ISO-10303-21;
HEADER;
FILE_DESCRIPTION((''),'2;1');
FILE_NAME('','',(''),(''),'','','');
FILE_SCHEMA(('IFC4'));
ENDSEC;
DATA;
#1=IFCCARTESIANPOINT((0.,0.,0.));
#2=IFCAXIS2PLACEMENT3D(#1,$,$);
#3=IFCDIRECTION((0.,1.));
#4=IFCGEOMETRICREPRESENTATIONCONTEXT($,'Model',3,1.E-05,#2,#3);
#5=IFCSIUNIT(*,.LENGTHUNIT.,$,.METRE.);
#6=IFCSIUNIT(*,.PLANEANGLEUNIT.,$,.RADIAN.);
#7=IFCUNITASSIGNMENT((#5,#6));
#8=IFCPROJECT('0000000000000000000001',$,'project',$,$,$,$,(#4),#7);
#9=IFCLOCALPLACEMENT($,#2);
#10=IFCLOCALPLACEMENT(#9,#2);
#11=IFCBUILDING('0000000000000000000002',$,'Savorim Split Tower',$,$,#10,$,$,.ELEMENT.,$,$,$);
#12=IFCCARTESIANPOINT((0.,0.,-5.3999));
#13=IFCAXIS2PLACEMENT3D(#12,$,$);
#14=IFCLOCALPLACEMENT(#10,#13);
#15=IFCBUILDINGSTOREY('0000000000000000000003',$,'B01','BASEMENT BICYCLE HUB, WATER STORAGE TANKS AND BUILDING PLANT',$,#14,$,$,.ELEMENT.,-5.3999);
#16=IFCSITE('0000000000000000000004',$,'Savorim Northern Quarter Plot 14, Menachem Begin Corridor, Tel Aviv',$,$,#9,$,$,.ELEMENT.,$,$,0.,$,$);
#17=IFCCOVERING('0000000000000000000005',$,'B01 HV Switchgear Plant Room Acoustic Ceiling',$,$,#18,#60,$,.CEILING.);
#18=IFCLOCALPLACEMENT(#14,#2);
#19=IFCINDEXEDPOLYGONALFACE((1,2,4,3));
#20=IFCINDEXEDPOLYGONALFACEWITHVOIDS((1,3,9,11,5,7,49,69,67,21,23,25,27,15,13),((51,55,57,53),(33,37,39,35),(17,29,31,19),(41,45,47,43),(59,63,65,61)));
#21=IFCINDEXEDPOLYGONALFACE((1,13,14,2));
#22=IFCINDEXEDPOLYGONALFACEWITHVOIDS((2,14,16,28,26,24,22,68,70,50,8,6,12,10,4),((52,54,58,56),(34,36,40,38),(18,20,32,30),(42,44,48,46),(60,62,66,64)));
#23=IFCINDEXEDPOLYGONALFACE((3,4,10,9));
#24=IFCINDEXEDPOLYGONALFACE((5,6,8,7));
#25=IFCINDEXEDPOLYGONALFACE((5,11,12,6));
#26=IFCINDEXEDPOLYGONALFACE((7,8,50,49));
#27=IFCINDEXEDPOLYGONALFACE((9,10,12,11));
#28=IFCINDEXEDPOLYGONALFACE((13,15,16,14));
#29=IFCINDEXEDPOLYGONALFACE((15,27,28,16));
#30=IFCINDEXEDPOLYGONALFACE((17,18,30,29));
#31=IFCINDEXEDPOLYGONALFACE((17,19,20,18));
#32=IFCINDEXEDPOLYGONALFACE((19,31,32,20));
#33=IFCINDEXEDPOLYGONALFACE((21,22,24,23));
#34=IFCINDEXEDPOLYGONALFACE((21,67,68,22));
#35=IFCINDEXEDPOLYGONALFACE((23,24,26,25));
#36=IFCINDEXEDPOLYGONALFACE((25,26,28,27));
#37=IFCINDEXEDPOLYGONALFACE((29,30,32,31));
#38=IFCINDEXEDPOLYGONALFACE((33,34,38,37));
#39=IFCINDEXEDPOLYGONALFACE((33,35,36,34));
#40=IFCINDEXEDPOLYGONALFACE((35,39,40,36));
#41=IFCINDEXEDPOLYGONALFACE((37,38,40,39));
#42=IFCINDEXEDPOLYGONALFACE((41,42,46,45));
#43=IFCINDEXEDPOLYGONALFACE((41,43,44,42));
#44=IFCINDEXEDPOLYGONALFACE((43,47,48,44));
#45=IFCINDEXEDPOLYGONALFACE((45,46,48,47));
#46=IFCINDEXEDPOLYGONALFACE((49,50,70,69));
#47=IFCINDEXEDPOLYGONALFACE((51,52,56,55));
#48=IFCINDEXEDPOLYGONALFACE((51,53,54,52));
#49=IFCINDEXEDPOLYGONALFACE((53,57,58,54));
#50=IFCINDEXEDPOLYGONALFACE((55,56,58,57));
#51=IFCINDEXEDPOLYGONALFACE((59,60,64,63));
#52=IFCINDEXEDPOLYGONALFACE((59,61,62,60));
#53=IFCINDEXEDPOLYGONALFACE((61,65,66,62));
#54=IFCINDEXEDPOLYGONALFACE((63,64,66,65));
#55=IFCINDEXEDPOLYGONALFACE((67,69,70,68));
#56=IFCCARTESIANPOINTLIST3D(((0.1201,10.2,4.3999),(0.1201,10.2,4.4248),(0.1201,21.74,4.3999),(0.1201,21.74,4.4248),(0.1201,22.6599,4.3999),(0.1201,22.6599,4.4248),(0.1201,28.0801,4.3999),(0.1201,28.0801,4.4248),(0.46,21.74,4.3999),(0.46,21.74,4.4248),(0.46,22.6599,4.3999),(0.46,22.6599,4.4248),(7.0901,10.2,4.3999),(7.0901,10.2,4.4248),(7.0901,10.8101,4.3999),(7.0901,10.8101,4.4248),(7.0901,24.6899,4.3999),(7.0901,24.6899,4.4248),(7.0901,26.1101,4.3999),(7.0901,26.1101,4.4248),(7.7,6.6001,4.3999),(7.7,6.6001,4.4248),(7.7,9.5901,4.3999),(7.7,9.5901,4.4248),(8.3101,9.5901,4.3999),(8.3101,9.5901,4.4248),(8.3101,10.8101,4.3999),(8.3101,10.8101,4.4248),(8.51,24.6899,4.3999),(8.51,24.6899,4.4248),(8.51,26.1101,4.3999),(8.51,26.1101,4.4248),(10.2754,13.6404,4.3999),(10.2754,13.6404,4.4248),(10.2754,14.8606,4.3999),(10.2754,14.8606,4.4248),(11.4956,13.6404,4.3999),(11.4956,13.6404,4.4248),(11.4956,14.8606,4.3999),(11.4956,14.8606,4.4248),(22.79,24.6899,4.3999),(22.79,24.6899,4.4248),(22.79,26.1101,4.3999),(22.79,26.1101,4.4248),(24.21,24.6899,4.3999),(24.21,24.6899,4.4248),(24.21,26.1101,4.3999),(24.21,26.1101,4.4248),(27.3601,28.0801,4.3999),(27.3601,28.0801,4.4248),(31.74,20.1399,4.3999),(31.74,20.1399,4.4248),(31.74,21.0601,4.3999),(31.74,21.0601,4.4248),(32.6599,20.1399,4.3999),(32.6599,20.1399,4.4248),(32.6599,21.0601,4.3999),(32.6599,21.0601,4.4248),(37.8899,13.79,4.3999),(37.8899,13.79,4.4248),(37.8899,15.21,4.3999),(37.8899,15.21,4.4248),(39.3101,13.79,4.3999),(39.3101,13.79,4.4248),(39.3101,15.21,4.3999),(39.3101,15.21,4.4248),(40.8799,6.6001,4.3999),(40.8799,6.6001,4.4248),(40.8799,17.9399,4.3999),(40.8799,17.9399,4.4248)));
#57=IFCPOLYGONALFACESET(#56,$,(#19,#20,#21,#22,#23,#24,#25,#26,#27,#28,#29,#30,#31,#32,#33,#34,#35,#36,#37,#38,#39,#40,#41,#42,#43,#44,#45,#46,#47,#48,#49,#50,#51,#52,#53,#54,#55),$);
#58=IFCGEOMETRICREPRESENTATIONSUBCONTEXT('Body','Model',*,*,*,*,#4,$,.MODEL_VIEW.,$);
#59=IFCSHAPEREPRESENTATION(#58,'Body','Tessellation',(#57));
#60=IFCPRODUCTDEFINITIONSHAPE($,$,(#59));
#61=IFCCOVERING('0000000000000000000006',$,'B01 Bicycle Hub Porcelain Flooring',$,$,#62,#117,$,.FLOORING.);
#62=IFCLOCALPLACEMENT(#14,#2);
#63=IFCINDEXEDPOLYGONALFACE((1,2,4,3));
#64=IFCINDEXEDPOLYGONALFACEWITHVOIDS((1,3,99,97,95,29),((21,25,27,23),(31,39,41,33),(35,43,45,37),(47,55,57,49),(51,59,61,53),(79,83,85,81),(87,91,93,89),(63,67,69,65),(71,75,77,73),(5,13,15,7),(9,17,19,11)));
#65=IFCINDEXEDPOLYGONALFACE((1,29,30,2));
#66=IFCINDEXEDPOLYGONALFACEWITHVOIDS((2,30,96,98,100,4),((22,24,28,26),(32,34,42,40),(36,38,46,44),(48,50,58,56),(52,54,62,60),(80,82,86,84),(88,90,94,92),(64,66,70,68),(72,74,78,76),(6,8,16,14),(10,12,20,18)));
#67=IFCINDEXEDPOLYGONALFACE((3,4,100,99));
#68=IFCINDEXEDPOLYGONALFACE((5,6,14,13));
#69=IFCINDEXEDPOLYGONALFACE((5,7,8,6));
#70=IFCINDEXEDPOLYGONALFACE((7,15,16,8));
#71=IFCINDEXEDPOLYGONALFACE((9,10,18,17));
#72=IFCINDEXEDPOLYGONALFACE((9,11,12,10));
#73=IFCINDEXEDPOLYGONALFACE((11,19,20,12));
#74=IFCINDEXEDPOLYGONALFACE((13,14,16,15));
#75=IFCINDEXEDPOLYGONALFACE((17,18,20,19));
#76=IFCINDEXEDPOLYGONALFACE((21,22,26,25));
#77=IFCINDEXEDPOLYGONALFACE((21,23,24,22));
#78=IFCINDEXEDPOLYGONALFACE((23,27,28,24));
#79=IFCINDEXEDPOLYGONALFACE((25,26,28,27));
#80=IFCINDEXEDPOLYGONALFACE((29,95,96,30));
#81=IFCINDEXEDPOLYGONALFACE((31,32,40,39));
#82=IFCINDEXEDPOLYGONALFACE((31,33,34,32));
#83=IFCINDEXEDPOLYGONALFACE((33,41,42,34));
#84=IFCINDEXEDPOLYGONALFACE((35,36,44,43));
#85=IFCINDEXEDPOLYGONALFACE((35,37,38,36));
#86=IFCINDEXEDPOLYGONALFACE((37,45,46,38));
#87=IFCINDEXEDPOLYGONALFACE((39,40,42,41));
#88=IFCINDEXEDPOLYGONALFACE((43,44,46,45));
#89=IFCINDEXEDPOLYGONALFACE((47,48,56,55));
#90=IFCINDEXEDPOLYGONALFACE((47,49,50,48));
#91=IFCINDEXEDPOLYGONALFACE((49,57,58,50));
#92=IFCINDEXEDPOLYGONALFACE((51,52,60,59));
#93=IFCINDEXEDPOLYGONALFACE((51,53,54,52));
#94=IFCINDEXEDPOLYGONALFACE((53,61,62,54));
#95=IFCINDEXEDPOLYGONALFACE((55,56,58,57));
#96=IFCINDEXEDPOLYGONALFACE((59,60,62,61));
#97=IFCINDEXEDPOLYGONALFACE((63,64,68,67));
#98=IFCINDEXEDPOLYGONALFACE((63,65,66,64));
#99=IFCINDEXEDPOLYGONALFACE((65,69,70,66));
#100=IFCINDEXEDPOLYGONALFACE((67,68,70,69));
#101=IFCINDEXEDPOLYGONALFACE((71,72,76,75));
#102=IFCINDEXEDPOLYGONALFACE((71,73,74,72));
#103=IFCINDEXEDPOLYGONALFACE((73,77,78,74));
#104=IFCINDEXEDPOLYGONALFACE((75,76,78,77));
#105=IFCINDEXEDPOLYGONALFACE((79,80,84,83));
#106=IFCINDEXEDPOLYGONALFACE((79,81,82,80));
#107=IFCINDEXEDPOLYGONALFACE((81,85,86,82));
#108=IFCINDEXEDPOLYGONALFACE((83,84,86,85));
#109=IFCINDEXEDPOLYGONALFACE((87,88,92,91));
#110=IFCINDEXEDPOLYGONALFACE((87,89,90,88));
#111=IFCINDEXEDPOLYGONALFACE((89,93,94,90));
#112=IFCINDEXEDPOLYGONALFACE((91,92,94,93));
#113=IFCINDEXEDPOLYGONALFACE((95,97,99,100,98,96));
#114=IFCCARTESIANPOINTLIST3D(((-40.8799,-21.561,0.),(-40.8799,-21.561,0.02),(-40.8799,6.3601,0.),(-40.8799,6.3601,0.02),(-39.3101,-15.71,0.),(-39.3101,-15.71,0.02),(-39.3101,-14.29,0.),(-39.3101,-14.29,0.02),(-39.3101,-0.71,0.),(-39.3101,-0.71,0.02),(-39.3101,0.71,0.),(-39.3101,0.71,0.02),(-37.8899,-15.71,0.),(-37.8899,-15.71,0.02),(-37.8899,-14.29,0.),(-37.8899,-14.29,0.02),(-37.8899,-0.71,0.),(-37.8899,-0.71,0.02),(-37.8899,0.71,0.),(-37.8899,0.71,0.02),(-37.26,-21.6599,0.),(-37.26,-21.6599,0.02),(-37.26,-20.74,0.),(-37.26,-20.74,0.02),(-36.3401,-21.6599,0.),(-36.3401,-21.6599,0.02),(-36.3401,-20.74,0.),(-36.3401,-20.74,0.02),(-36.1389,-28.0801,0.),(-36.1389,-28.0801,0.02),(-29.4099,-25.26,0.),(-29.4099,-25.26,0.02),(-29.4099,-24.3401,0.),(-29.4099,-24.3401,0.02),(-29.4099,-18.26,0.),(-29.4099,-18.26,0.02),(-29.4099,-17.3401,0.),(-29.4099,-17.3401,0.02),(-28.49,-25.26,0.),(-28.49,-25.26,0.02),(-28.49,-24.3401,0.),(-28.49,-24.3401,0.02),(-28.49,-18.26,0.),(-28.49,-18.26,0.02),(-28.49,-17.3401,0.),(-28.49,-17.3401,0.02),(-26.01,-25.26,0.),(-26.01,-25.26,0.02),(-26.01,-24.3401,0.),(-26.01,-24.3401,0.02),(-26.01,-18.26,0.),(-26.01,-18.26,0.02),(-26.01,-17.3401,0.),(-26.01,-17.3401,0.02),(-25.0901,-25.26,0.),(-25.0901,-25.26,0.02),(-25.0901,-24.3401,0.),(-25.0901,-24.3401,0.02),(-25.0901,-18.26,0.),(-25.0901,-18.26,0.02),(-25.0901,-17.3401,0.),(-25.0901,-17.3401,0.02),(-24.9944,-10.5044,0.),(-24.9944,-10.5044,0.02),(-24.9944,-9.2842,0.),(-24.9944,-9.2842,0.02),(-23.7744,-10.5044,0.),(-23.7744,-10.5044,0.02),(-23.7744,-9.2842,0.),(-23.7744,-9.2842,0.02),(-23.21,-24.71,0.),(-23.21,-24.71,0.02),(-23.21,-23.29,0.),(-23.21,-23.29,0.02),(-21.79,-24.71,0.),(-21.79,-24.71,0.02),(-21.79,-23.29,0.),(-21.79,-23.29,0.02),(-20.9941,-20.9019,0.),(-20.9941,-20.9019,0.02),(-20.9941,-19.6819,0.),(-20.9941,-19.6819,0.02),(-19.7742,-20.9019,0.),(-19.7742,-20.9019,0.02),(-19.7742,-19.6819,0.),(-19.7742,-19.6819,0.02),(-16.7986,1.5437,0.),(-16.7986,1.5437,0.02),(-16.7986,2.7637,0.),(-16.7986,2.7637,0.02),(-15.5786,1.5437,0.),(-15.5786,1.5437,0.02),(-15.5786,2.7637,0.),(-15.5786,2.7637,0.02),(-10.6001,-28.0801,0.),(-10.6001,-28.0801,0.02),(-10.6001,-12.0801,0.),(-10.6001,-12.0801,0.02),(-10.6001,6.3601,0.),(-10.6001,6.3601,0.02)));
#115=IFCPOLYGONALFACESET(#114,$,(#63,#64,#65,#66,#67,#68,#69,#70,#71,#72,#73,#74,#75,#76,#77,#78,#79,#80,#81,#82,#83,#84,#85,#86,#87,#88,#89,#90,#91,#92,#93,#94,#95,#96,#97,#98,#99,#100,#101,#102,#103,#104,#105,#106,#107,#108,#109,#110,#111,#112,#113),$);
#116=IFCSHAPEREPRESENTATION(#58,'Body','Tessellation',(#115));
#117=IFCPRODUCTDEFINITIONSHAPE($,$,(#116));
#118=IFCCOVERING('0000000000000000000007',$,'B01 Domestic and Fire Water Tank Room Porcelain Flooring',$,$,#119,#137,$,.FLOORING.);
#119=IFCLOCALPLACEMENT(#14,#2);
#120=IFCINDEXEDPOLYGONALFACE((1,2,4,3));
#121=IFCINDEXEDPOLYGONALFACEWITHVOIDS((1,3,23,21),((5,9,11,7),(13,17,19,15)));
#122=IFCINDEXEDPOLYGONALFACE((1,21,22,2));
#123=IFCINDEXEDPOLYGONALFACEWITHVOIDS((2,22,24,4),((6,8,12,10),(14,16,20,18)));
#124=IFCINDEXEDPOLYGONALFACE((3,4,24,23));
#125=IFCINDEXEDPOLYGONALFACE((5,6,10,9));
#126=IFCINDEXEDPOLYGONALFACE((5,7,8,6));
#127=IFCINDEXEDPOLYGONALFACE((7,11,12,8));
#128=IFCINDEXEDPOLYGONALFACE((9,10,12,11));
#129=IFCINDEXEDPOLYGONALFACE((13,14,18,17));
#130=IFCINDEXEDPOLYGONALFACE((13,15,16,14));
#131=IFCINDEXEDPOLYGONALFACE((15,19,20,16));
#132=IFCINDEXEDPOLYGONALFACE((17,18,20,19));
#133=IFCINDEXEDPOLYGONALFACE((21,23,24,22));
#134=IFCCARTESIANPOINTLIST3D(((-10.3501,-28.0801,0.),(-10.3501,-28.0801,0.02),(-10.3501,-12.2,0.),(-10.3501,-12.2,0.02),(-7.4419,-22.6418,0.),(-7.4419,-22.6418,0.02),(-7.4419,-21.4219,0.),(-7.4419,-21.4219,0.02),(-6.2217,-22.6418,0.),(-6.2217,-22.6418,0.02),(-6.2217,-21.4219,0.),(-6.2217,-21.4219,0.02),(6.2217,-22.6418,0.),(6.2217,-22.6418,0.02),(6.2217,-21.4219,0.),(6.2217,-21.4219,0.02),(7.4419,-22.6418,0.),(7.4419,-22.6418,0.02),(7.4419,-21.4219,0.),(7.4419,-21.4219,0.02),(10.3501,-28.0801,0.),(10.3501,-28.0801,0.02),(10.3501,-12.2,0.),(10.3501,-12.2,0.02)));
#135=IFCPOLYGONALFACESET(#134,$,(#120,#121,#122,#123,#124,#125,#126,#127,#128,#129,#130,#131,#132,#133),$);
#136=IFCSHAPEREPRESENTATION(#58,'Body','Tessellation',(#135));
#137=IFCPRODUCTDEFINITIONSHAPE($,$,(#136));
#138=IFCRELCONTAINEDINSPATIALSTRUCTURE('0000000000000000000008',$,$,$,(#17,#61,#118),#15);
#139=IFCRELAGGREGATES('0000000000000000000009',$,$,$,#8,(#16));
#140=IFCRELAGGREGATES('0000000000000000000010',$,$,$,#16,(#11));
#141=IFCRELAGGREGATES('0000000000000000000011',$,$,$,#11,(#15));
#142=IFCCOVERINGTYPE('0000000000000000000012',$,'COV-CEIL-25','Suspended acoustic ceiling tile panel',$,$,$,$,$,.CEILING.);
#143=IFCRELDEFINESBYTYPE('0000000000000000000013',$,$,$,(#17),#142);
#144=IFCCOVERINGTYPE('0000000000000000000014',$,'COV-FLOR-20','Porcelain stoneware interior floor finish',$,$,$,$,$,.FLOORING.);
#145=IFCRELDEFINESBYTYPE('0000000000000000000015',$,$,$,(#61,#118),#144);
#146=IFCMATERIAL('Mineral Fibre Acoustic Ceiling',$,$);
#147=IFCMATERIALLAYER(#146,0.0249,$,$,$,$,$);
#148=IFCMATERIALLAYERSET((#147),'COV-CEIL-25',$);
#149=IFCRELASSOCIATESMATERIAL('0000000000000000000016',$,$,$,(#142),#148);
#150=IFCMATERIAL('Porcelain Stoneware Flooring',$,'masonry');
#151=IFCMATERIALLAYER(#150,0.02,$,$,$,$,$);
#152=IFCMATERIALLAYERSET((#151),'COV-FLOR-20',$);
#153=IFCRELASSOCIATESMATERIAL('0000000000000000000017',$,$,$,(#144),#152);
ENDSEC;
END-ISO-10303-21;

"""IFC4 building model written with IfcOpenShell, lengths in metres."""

from ifc_helpers import new_model, si_unit, direction, frame, origin, place, context, subcontext, project, spatial, polyline, outline, extrude, material, layer, layer_set, type_object, element, save


model = new_model("IFC4")

# Units and contexts
model_context = context("Model", 3, precision=1e-05, world=origin(), true_north=direction((0.0, 1.0)))
body_context = subcontext(model_context, "Body", "Model", "MODEL_VIEW")
ifc_project = project(units=[si_unit("LENGTHUNIT", "METRE"), si_unit("PLANEANGLEUNIT", "RADIAN")], contexts=[model_context])

# Site, building, storey
site_placement = place(None, origin())
site = spatial("IfcSite", under=ifc_project, at=site_placement, Name="Savorim Northern Quarter Plot 14, Menachem Begin Corridor, Tel Aviv", CompositionType="ELEMENT", RefElevation=0.0)
building_placement = place(site_placement, origin())
building = spatial("IfcBuilding", under=site, at=building_placement, Name="Savorim Split Tower", CompositionType="ELEMENT")
storey_placement = place(building_placement, frame((0.0, 0.0, -5.3999)))
storey = spatial("IfcBuildingStorey", under=building, at=storey_placement, Name="B01", Description="BASEMENT BICYCLE HUB, WATER STORAGE TANKS AND BUILDING PLANT", CompositionType="ELEMENT", Elevation=-5.3999)

# Coverings
ifc_material_1 = material(Name="Mineral Fibre Acoustic Ceiling")
ifc_layer_1 = layer(ifc_material_1, 0.0249)
ifc_layer_set_1 = layer_set([ifc_layer_1], Name="COV-CEIL-25")
covering_type_1 = type_object("IfcCoveringType", Name="COV-CEIL-25", Description="Suspended acoustic ceiling tile panel", PredefinedType="CEILING", material=ifc_layer_set_1)
covering_1_placement = place(storey_placement, frame((0.0, 0.0, 4.3999)))
element("IfcCovering", 1, at=covering_1_placement, inside=storey, type_object=covering_type_1, Name="B01 HV Switchgear Plant Room Acoustic Ceiling", PredefinedType="CEILING", context=body_context, shape_type="SweptSolid", body=[
    extrude(outline(polyline([(40.8799, 6.6001), (40.8799, 17.9399), (27.3601, 28.0801), (0.1201, 28.0801), (0.1201, 22.6599), (0.46, 22.6599), (0.46, 21.74), (0.1201, 21.74), (0.1201, 10.2), (7.0901, 10.2), (7.0901, 10.8101), (8.3101, 10.8101), (8.3101, 9.5901), (7.7, 9.5901), (7.7, 6.6001), (40.8799, 6.6001)]), holes=[polyline([(37.8899, 13.79), (39.3101, 13.79), (39.3101, 15.21), (37.8899, 15.21), (37.8899, 13.79)]), polyline([(22.79, 24.6899), (24.21, 24.6899), (24.21, 26.1101), (22.79, 26.1101), (22.79, 24.6899)]), polyline([(7.0901, 24.6899), (8.51, 24.6899), (8.51, 26.1101), (7.0901, 26.1101), (7.0901, 24.6899)]), polyline([(10.2754, 14.8606), (10.2754, 13.6404), (11.4956, 13.6404), (11.4956, 14.8606), (10.2754, 14.8606)]), polyline([(31.74, 20.1399), (32.6599, 20.1399), (32.6599, 21.0601), (31.74, 21.0601), (31.74, 20.1399)])]), origin(), (0.0, 0.0, 1.0), 0.0249),
])
ifc_material_2 = material(Name="Porcelain Stoneware Flooring", Category="masonry")
ifc_layer_2 = layer(ifc_material_2, 0.02)
ifc_layer_set_2 = layer_set([ifc_layer_2], Name="COV-FLOR-20")
covering_type_2 = type_object("IfcCoveringType", Name="COV-FLOR-20", Description="Porcelain stoneware interior floor finish", PredefinedType="FLOORING", material=ifc_layer_set_2)
covering_2_placement = place(storey_placement, origin())
element("IfcCovering", 2, at=covering_2_placement, inside=storey, type_object=covering_type_2, Name="B01 Bicycle Hub Porcelain Flooring", PredefinedType="FLOORING", context=body_context, shape_type="SweptSolid", body=[
    extrude(outline(polyline([(-40.8799, 6.3601), (-40.8799, -21.561), (-36.1389, -28.0801), (-10.6001, -28.0801), (-10.6001, -12.0801), (-10.6001, 6.3601), (-40.8799, 6.3601)]), holes=[polyline([(-37.8899, 0.71), (-39.3101, 0.71), (-39.3101, -0.71), (-37.8899, -0.71), (-37.8899, 0.71)]), polyline([(-39.3101, -14.29), (-39.3101, -15.71), (-37.8899, -15.71), (-37.8899, -14.29), (-39.3101, -14.29)]), polyline([(-23.21, -24.71), (-21.79, -24.71), (-21.79, -23.29), (-23.21, -23.29), (-23.21, -24.71)]), polyline([(-19.7742, -20.9019), (-19.7742, -19.6819), (-20.9941, -19.6819), (-20.9941, -20.9019), (-19.7742, -20.9019)]), polyline([(-15.5786, 1.5437), (-15.5786, 2.7637), (-16.7986, 2.7637), (-16.7986, 1.5437), (-15.5786, 1.5437)]), polyline([(-23.7744, -9.2842), (-24.9944, -9.2842), (-24.9944, -10.5044), (-23.7744, -10.5044), (-23.7744, -9.2842)]), polyline([(-36.3401, -20.74), (-37.26, -20.74), (-37.26, -21.6599), (-36.3401, -21.6599), (-36.3401, -20.74)]), polyline([(-29.4099, -25.26), (-28.49, -25.26), (-28.49, -24.3401), (-29.4099, -24.3401), (-29.4099, -25.26)]), polyline([(-25.0901, -25.26), (-25.0901, -24.3401), (-26.01, -24.3401), (-26.01, -25.26), (-25.0901, -25.26)]), polyline([(-28.49, -17.3401), (-29.4099, -17.3401), (-29.4099, -18.26), (-28.49, -18.26), (-28.49, -17.3401)]), polyline([(-26.01, -17.3401), (-26.01, -18.26), (-25.0901, -18.26), (-25.0901, -17.3401), (-26.01, -17.3401)])]), origin(), (0.0, 0.0, 1.0), 0.02),
])
covering_3_placement = place(storey_placement, origin())
element("IfcCovering", 3, at=covering_3_placement, inside=storey, type_object=covering_type_2, Name="B01 Domestic and Fire Water Tank Room Porcelain Flooring", PredefinedType="FLOORING", context=body_context, shape_type="SweptSolid", body=[
    extrude(outline(polyline([(-10.3501, -12.2), (-10.3501, -28.0801), (10.3501, -28.0801), (10.3501, -12.2), (-10.3501, -12.2)]), holes=[polyline([(-6.2217, -21.4219), (-7.4419, -21.4219), (-7.4419, -22.6418), (-6.2217, -22.6418), (-6.2217, -21.4219)]), polyline([(6.2217, -21.4219), (6.2217, -22.6418), (7.4419, -22.6418), (7.4419, -21.4219), (6.2217, -21.4219)])]), origin(), (0.0, 0.0, 1.0), 0.02),
])

save(model, "model.ifc")
